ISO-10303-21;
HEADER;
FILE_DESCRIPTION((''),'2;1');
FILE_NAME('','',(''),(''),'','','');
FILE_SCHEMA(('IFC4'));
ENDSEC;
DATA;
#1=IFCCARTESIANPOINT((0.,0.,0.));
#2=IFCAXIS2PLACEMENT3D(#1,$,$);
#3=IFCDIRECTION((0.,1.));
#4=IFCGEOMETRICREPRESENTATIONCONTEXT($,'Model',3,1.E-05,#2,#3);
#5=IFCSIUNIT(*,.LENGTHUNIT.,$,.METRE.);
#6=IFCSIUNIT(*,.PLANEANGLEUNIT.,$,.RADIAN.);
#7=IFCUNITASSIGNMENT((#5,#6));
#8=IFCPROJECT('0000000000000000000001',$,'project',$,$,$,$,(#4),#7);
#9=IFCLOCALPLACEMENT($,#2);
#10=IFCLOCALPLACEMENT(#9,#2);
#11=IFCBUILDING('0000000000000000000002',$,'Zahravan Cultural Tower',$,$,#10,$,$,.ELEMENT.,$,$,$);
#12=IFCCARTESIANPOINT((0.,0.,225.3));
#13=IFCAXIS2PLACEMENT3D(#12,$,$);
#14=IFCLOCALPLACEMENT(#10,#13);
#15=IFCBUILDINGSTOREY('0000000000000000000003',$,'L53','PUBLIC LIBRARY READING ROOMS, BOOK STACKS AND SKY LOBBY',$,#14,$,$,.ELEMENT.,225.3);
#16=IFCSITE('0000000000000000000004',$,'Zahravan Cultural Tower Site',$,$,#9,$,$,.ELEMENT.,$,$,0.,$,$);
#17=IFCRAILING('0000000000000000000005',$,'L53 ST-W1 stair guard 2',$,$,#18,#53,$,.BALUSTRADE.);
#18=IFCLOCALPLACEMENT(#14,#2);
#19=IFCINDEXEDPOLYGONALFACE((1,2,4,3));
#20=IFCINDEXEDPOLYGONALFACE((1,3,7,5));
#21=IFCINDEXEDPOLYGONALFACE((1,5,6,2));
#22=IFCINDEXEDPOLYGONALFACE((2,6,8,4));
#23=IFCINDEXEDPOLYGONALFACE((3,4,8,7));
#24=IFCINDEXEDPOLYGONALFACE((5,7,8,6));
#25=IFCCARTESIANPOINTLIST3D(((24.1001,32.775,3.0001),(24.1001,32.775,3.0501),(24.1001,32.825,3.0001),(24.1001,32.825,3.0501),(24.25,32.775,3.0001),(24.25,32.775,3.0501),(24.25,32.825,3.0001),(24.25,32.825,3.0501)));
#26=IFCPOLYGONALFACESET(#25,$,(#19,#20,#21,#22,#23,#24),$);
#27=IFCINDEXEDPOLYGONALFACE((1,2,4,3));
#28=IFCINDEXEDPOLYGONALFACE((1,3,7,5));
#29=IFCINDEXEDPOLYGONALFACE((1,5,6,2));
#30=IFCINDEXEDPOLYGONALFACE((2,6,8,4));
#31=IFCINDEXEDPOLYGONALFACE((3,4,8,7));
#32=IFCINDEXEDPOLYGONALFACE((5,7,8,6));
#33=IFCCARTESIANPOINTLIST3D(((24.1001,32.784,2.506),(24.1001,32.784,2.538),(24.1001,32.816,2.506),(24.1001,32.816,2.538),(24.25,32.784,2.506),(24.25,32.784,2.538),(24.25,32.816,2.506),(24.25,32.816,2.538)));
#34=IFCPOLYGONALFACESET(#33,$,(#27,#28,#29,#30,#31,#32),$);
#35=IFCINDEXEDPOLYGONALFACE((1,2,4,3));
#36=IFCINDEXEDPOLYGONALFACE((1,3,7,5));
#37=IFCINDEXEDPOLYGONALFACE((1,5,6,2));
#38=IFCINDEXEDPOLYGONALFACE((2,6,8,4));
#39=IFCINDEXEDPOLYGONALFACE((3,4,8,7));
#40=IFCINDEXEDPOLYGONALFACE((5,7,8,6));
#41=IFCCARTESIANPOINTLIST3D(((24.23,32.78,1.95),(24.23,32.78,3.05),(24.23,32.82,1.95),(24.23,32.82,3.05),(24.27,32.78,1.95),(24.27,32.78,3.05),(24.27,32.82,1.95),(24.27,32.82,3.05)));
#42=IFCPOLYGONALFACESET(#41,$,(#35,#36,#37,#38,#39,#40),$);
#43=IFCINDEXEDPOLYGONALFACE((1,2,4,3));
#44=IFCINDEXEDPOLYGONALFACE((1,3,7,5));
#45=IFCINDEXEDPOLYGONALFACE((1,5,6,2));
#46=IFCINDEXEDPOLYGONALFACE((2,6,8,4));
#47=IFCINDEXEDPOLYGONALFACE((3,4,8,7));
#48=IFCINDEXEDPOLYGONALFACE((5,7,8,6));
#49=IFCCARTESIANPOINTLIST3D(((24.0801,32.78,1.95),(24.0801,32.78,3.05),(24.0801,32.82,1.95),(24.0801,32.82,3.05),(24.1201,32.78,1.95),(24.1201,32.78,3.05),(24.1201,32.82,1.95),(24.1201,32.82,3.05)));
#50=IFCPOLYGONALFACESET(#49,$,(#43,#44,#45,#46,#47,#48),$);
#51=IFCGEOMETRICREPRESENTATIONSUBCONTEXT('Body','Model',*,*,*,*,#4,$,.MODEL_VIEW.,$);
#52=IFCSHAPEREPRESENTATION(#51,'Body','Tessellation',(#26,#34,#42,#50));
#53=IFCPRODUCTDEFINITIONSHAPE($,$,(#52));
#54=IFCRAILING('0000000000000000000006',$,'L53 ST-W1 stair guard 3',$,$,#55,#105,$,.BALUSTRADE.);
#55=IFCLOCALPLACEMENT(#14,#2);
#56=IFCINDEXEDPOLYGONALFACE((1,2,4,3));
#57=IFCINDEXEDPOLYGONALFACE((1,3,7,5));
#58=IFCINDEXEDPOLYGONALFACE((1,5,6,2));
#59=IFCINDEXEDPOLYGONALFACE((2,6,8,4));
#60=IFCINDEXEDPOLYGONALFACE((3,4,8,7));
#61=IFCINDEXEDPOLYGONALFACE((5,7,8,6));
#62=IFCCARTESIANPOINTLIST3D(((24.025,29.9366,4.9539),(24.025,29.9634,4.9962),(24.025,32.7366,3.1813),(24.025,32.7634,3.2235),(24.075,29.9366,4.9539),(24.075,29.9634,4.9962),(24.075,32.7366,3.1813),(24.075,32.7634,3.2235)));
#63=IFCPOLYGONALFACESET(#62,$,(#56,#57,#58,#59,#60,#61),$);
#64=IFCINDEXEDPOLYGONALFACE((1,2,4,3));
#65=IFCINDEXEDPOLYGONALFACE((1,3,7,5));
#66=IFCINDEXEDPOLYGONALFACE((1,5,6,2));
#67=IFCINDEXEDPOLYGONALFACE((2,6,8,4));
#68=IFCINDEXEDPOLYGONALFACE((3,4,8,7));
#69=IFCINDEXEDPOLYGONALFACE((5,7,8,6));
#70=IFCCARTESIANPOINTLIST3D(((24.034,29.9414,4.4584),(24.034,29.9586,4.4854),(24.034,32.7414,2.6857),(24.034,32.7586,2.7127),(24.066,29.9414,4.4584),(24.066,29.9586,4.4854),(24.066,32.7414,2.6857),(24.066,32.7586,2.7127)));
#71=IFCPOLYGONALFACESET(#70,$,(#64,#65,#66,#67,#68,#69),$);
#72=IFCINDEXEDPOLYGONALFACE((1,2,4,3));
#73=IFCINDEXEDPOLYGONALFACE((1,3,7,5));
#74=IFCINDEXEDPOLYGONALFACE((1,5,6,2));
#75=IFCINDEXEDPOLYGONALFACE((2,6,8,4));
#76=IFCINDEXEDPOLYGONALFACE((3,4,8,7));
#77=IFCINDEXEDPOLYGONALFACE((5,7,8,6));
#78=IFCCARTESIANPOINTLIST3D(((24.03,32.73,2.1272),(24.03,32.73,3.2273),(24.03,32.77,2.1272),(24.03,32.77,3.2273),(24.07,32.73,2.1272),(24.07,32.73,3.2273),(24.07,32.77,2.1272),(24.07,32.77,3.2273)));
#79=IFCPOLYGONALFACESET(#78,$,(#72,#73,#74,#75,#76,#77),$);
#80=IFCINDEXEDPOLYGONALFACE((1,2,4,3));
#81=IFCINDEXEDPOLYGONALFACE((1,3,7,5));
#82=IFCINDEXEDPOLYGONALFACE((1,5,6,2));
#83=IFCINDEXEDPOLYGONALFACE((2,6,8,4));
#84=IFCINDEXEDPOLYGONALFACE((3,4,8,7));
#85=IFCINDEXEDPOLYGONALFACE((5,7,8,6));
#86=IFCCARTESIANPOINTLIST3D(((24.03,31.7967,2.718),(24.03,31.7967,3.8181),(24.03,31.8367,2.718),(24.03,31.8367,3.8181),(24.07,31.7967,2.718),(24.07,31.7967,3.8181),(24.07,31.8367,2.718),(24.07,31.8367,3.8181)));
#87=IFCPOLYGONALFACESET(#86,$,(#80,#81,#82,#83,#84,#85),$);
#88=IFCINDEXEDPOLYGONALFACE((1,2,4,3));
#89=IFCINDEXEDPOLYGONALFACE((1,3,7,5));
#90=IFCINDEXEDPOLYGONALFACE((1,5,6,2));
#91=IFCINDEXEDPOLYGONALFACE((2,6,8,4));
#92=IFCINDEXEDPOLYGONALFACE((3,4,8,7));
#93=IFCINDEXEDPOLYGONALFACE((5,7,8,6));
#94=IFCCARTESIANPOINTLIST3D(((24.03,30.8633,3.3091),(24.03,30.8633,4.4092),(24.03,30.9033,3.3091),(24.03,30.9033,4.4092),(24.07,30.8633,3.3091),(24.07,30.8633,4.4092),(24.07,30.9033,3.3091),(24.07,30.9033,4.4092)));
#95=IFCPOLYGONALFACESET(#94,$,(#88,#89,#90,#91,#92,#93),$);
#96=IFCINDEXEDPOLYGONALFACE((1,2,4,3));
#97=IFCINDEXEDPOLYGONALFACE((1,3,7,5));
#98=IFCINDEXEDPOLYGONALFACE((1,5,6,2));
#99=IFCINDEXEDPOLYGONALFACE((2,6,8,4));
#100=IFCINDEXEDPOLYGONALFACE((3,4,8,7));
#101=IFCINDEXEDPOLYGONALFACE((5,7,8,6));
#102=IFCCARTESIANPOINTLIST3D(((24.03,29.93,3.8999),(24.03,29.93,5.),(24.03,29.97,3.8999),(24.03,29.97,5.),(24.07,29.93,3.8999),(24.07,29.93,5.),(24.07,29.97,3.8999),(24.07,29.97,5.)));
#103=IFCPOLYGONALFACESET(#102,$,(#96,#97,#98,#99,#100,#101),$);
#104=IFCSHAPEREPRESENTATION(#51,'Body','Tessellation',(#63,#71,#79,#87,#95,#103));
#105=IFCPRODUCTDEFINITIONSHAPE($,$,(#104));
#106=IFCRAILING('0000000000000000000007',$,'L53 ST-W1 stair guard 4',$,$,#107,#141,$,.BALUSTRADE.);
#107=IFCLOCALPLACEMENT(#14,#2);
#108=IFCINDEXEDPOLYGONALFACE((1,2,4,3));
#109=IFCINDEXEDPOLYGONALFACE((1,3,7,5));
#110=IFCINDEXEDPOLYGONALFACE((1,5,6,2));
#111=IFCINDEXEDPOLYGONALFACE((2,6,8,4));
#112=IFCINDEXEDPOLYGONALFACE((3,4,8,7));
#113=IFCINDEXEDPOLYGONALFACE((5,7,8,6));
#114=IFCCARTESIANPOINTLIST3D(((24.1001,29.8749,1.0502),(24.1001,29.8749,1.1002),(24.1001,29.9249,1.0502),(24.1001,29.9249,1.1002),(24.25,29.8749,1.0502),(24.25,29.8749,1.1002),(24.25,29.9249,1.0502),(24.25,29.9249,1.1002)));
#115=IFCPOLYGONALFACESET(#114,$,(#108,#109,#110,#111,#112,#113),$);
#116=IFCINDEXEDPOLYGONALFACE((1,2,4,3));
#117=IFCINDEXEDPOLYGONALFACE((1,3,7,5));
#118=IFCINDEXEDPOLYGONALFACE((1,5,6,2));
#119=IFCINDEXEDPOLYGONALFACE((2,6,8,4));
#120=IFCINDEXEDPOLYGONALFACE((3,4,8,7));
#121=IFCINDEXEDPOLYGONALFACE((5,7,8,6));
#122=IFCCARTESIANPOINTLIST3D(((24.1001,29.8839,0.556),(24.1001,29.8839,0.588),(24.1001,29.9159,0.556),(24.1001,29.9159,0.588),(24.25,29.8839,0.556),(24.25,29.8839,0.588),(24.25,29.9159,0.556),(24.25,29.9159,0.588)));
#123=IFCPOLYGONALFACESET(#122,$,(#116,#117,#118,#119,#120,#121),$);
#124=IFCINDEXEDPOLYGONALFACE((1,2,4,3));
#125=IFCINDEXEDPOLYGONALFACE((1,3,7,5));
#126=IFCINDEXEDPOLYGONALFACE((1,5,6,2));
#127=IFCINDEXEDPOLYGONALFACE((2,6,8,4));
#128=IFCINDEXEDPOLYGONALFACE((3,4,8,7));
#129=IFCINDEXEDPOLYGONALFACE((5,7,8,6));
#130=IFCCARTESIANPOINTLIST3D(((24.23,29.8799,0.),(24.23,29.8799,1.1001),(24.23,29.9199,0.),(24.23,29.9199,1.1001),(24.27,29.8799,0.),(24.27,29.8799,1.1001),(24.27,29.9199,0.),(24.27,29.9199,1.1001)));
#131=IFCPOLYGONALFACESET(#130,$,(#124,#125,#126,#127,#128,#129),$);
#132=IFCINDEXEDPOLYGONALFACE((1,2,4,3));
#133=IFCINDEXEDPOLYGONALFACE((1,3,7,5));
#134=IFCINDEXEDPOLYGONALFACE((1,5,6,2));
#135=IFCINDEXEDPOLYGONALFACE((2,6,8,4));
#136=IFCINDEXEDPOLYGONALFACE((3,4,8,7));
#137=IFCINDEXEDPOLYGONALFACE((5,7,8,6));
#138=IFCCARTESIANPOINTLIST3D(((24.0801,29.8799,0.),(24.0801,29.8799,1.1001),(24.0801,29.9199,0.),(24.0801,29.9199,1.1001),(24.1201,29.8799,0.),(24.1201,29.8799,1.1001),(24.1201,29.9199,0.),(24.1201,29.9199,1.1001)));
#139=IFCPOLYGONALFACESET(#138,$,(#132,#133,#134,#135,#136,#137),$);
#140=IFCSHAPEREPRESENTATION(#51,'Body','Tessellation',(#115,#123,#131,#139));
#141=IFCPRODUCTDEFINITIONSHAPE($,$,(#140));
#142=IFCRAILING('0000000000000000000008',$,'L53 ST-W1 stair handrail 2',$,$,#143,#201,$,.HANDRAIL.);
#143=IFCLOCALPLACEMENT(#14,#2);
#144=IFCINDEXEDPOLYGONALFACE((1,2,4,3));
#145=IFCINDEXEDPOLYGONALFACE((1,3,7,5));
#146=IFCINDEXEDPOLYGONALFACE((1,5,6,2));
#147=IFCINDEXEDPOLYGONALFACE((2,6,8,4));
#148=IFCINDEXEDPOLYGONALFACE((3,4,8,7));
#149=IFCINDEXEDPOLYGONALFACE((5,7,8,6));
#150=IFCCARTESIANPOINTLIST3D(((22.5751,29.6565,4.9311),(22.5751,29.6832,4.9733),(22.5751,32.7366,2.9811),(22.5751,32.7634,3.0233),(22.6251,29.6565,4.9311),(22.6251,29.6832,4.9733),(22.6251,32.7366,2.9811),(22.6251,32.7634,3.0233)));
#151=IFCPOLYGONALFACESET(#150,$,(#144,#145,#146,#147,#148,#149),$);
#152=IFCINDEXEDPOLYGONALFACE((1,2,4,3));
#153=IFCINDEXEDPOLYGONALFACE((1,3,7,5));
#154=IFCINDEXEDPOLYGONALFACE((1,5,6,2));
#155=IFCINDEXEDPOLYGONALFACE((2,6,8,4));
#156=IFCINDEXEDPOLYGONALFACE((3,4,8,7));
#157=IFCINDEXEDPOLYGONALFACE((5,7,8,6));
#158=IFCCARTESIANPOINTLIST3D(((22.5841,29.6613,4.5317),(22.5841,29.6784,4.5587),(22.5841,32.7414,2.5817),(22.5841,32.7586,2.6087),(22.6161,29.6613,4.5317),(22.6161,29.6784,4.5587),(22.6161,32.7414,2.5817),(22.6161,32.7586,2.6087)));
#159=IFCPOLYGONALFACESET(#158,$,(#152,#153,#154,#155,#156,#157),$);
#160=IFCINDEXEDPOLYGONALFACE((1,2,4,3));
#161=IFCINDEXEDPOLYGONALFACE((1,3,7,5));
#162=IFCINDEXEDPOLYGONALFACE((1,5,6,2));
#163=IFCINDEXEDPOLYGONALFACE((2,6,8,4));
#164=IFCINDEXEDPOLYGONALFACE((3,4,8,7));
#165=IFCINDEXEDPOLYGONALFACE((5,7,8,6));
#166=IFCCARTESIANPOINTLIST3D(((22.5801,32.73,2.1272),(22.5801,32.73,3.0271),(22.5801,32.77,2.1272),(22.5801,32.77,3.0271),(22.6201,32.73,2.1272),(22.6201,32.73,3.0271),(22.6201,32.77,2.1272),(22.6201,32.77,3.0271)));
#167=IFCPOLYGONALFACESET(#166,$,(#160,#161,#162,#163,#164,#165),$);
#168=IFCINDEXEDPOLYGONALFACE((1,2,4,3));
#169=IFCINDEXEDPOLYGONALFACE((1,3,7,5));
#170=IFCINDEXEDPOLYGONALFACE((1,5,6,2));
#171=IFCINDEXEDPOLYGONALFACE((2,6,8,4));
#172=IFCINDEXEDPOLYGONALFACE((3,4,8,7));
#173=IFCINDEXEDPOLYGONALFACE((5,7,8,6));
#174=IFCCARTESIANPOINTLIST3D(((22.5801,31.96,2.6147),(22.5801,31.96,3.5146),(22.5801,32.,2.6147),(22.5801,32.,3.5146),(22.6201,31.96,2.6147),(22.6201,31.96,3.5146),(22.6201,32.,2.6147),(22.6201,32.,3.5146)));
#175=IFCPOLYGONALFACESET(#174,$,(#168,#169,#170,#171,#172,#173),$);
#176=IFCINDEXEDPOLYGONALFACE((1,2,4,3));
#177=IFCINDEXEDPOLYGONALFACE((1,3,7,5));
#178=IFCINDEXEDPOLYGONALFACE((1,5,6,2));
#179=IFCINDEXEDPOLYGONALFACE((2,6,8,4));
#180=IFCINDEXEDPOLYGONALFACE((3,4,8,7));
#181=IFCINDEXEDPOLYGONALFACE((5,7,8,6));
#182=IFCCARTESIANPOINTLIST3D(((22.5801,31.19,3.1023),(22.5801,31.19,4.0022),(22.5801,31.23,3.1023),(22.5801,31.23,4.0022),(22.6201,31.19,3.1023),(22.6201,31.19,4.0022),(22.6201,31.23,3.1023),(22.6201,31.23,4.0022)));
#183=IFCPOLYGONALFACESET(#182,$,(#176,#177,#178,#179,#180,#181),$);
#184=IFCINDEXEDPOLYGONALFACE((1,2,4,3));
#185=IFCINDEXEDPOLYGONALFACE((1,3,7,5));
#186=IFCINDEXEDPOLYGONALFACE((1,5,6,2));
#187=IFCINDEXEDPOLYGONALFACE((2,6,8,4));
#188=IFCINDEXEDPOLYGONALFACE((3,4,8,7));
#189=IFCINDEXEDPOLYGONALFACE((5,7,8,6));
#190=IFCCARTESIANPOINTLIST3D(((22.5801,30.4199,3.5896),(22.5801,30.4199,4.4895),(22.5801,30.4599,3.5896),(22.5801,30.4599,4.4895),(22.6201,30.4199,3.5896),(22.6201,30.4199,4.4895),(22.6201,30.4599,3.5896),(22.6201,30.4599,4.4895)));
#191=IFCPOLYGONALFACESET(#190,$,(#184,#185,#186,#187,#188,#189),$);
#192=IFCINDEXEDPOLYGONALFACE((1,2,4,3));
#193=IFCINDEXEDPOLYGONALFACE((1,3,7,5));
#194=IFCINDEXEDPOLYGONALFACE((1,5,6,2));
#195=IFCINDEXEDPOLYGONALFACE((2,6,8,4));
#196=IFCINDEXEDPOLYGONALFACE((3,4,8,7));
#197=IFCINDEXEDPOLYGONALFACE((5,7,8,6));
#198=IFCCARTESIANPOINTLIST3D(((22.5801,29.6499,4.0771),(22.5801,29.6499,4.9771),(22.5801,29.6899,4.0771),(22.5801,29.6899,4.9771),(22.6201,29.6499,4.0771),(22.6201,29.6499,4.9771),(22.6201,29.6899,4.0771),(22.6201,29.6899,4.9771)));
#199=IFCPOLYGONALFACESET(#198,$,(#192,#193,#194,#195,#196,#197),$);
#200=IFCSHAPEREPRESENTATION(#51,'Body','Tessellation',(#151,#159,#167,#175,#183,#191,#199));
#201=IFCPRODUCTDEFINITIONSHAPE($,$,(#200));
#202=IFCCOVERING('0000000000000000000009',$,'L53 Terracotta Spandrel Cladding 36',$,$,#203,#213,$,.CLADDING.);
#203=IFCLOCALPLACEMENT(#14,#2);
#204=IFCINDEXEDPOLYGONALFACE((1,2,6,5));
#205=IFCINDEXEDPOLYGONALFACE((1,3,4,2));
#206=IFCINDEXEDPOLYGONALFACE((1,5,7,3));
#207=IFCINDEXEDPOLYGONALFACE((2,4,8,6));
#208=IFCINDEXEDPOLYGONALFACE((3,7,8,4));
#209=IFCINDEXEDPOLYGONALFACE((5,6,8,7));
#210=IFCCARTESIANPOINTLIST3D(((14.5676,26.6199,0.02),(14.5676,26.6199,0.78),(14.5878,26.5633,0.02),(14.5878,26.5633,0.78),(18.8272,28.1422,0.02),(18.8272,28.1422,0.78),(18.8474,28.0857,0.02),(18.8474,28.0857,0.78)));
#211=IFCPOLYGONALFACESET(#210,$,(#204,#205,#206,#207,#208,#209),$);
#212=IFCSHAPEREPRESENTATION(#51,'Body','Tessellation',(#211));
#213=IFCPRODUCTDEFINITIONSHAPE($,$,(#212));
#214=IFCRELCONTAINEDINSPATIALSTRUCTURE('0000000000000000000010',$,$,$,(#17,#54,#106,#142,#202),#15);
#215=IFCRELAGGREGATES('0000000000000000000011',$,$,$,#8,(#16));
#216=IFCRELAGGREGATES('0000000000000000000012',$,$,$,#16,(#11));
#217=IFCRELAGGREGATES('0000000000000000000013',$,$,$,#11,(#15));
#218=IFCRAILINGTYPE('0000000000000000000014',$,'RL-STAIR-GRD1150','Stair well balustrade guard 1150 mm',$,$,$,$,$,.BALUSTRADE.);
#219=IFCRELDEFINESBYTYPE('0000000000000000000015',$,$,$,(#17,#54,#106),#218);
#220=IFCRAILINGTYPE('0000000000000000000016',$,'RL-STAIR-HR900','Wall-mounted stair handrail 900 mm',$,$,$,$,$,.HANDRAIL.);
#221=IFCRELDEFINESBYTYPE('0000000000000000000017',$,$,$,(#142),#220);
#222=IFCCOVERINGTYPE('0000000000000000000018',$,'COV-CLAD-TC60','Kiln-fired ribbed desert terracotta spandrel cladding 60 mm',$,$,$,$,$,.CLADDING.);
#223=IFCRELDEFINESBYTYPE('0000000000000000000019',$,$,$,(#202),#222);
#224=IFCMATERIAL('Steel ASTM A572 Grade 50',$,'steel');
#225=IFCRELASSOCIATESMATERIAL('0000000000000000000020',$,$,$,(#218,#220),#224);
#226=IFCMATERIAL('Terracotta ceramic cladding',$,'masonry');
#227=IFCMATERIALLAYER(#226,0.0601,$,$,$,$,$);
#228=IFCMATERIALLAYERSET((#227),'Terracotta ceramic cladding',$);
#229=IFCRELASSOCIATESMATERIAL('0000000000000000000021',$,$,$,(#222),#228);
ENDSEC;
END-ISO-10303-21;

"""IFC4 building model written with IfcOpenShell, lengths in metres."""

from ifc_helpers import new_model, si_unit, direction, frame, origin, origin_2d, place, context, subcontext, project, spatial, rectangle, extrude, source, transform, mapped, material, layer, layer_set, type_object, element, save


model = new_model("IFC4")

# Units and contexts
model_context = context("Model", 3, precision=1e-05, world=origin(), true_north=direction((0.0, 1.0)))
body_context = subcontext(model_context, "Body", "Model", "MODEL_VIEW")
ifc_project = project(units=[si_unit("LENGTHUNIT", "METRE"), si_unit("PLANEANGLEUNIT", "RADIAN")], contexts=[model_context])

# Site, building, storey
site_placement = place(None, origin())
site = spatial("IfcSite", under=ifc_project, at=site_placement, Name="Zahravan Cultural Tower Site", CompositionType="ELEMENT", RefElevation=0.0)
building_placement = place(site_placement, origin())
building = spatial("IfcBuilding", under=site, at=building_placement, Name="Zahravan Cultural Tower", CompositionType="ELEMENT")
storey_placement = place(building_placement, frame((0.0, 0.0, 225.3)))
storey = spatial("IfcBuildingStorey", under=building, at=storey_placement, Name="L53", Description="PUBLIC LIBRARY READING ROOMS, BOOK STACKS AND SKY LOBBY", CompositionType="ELEMENT", Elevation=225.3)

# Railings
ifc_material_1 = material(Name="Steel ASTM A572 Grade 50", Category="steel")
railing_type_1 = type_object("IfcRailingType", Name="RL-STAIR-GRD1150", Description="Stair well balustrade guard 1150 mm", PredefinedType="BALUSTRADE", material=ifc_material_1)
railing_1_placement = place(storey_placement, frame((24.25, 32.8, 1.95)))
element("IfcRailing", 1, at=railing_1_placement, inside=storey, type_object=railing_type_1, Name="L53 ST-W1 stair guard 2", PredefinedType="BALUSTRADE", context=body_context, shape_type="SweptSolid", body=[
    extrude(rectangle(XDim=0.05, YDim=0.05, at=origin_2d()), frame((0.0, 0.0, 1.0752), z_axis=(-1.0, 0.0, 0.0), x_axis=(0.0, -1.0, 0.0)), (0.0, 0.0, 1.0), 0.1499),
    extrude(rectangle(XDim=0.032, YDim=0.032, at=origin_2d()), frame((0.0, 0.0, 0.572), z_axis=(-1.0, 0.0, 0.0), x_axis=(0.0, -1.0, 0.0)), (0.0, 0.0, 1.0), 0.1499),
    extrude(rectangle(XDim=0.04, YDim=0.04, at=origin_2d()), origin(), (0.0, 0.0, 1.0), 1.1001),
    extrude(rectangle(XDim=0.04, YDim=0.04, at=origin_2d()), frame((-0.1499, 0.0, 0.0)), (0.0, 0.0, 1.0), 1.1001),
])
railing_2_placement = place(storey_placement, frame((24.05, 32.75, 2.1272)))
element("IfcRailing", 2, at=railing_2_placement, inside=storey, type_object=railing_type_1, Name="L53 ST-W1 stair guard 3", PredefinedType="BALUSTRADE", context=body_context, shape_type="SweptSolid", body=[
    extrude(rectangle(XDim=0.05, YDim=0.05, at=origin_2d()), frame((0.0, 0.0, 1.0752), z_axis=(0.0, -0.844909, 0.53491), x_axis=(1.0, 0.0, 0.0)), (0.0, 0.0, 1.0), 3.314),
    extrude(rectangle(XDim=0.032, YDim=0.032, at=origin_2d()), frame((0.0, 0.0, 0.572), z_axis=(0.0, -0.844909, 0.53491), x_axis=(1.0, 0.0, 0.0)), (0.0, 0.0, 1.0), 3.314),
    extrude(rectangle(XDim=0.04, YDim=0.04, at=origin_2d()), origin(), (0.0, 0.0, 1.0), 1.1001),
    extrude(rectangle(XDim=0.04, YDim=0.04, at=origin_2d()), frame((0.0, -0.9333, 0.5908)), (0.0, 0.0, 1.0), 1.1001),
    extrude(rectangle(XDim=0.04, YDim=0.04, at=origin_2d()), frame((0.0, -1.8667, 1.1819)), (0.0, 0.0, 1.0), 1.1001),
    extrude(rectangle(XDim=0.04, YDim=0.04, at=origin_2d()), frame((0.0, -2.8, 1.7727)), (0.0, 0.0, 1.0), 1.1001),
])
railing_3_placement = place(storey_placement, frame((24.25, 29.8999, 0.0)))
element("IfcRailing", 3, at=railing_3_placement, inside=storey, type_object=railing_type_1, Name="L53 ST-W1 stair guard 4", PredefinedType="BALUSTRADE", context=body_context, shape_type="SweptSolid", body=[
    extrude(rectangle(XDim=0.05, YDim=0.05, at=origin_2d()), frame((0.0, 0.0, 1.0752), z_axis=(-1.0, 0.0, 0.0), x_axis=(0.0, -1.0, 0.0)), (0.0, 0.0, 1.0), 0.1499),
    extrude(rectangle(XDim=0.032, YDim=0.032, at=origin_2d()), frame((0.0, 0.0, 0.572), z_axis=(-1.0, 0.0, 0.0), x_axis=(0.0, -1.0, 0.0)), (0.0, 0.0, 1.0), 0.1499),
    extrude(rectangle(XDim=0.04, YDim=0.04, at=origin_2d()), origin(), (0.0, 0.0, 1.0), 1.1001),
    extrude(rectangle(XDim=0.04, YDim=0.04, at=origin_2d()), frame((-0.1499, 0.0, 0.0)), (0.0, 0.0, 1.0), 1.1001),
])
railing_type_2 = type_object("IfcRailingType", Name="RL-STAIR-HR900", Description="Wall-mounted stair handrail 900 mm", PredefinedType="HANDRAIL", material=ifc_material_1)
railing_4_placement = place(storey_placement, frame((22.6001, 32.75, 2.1272)))
element("IfcRailing", 4, at=railing_4_placement, inside=storey, type_object=railing_type_2, Name="L53 ST-W1 stair handrail 2", PredefinedType="HANDRAIL", context=body_context, shape_type="SweptSolid", body=[
    extrude(rectangle(XDim=0.05, YDim=0.05, at=origin_2d()), frame((0.0, 0.0, 0.875), z_axis=(0.0, -0.844914, 0.534902), x_axis=(1.0, 0.0, 0.0)), (0.0, 0.0, 1.0), 3.6455),
    extrude(rectangle(XDim=0.032, YDim=0.032, at=origin_2d()), frame((0.0, 0.0, 0.468), z_axis=(0.0, -0.844914, 0.534902), x_axis=(1.0, 0.0, 0.0)), (0.0, 0.0, 1.0), 3.6455),
    extrude(rectangle(XDim=0.04, YDim=0.04, at=origin_2d()), origin(), (0.0, 0.0, 1.0), 0.8999),
    extrude(rectangle(XDim=0.04, YDim=0.04, at=origin_2d()), frame((0.0, -0.77, 0.4875)), (0.0, 0.0, 1.0), 0.8999),
    extrude(rectangle(XDim=0.04, YDim=0.04, at=origin_2d()), frame((0.0, -1.54, 0.9751)), (0.0, 0.0, 1.0), 0.8999),
    extrude(rectangle(XDim=0.04, YDim=0.04, at=origin_2d()), frame((0.0, -2.3101, 1.4624)), (0.0, 0.0, 1.0), 0.8999),
    extrude(rectangle(XDim=0.04, YDim=0.04, at=origin_2d()), frame((0.0, -3.0801, 1.95)), (0.0, 0.0, 1.0), 0.8999),
])

# Covering
ifc_material_2 = material(Name="Terracotta ceramic cladding", Category="masonry")
ifc_layer_1 = layer(ifc_material_2, 0.0601)
ifc_layer_set_1 = layer_set([ifc_layer_1], Name="Terracotta ceramic cladding")
covering_type = type_object("IfcCoveringType", Name="COV-CLAD-TC60", Description="Kiln-fired ribbed desert terracotta spandrel cladding 60 mm", PredefinedType="CLADDING", material=ifc_layer_set_1)
shared_shape_1 = source(origin(), body_context, "Body", "SweptSolid", [
    extrude(rectangle(XDim=4.5234, YDim=0.0601, at=origin_2d()), origin(), (0.0, 0.0, 1.0), 0.76),
])
covering_1_placement = place(storey_placement, frame((16.7075, 27.3528, 0.02), z_axis=(0.0, 0.0, 1.0), x_axis=(0.941665, 0.336553, 0.0)))
element("IfcCovering", 5, at=covering_1_placement, inside=storey, type_object=covering_type, Name="L53 Terracotta Spandrel Cladding 36", PredefinedType="CLADDING", context=body_context, shape_type="MappedRepresentation", body=[
    mapped(shared_shape_1, transform((0.0, 0.0, 0.0), x_axis=(1.0, 0.0, 0.0), y_axis=(0.0, 1.0, 0.0), z_axis=(0.0, 0.0, 1.0), scale=1.0)),
])

save(model, "model.ifc")
